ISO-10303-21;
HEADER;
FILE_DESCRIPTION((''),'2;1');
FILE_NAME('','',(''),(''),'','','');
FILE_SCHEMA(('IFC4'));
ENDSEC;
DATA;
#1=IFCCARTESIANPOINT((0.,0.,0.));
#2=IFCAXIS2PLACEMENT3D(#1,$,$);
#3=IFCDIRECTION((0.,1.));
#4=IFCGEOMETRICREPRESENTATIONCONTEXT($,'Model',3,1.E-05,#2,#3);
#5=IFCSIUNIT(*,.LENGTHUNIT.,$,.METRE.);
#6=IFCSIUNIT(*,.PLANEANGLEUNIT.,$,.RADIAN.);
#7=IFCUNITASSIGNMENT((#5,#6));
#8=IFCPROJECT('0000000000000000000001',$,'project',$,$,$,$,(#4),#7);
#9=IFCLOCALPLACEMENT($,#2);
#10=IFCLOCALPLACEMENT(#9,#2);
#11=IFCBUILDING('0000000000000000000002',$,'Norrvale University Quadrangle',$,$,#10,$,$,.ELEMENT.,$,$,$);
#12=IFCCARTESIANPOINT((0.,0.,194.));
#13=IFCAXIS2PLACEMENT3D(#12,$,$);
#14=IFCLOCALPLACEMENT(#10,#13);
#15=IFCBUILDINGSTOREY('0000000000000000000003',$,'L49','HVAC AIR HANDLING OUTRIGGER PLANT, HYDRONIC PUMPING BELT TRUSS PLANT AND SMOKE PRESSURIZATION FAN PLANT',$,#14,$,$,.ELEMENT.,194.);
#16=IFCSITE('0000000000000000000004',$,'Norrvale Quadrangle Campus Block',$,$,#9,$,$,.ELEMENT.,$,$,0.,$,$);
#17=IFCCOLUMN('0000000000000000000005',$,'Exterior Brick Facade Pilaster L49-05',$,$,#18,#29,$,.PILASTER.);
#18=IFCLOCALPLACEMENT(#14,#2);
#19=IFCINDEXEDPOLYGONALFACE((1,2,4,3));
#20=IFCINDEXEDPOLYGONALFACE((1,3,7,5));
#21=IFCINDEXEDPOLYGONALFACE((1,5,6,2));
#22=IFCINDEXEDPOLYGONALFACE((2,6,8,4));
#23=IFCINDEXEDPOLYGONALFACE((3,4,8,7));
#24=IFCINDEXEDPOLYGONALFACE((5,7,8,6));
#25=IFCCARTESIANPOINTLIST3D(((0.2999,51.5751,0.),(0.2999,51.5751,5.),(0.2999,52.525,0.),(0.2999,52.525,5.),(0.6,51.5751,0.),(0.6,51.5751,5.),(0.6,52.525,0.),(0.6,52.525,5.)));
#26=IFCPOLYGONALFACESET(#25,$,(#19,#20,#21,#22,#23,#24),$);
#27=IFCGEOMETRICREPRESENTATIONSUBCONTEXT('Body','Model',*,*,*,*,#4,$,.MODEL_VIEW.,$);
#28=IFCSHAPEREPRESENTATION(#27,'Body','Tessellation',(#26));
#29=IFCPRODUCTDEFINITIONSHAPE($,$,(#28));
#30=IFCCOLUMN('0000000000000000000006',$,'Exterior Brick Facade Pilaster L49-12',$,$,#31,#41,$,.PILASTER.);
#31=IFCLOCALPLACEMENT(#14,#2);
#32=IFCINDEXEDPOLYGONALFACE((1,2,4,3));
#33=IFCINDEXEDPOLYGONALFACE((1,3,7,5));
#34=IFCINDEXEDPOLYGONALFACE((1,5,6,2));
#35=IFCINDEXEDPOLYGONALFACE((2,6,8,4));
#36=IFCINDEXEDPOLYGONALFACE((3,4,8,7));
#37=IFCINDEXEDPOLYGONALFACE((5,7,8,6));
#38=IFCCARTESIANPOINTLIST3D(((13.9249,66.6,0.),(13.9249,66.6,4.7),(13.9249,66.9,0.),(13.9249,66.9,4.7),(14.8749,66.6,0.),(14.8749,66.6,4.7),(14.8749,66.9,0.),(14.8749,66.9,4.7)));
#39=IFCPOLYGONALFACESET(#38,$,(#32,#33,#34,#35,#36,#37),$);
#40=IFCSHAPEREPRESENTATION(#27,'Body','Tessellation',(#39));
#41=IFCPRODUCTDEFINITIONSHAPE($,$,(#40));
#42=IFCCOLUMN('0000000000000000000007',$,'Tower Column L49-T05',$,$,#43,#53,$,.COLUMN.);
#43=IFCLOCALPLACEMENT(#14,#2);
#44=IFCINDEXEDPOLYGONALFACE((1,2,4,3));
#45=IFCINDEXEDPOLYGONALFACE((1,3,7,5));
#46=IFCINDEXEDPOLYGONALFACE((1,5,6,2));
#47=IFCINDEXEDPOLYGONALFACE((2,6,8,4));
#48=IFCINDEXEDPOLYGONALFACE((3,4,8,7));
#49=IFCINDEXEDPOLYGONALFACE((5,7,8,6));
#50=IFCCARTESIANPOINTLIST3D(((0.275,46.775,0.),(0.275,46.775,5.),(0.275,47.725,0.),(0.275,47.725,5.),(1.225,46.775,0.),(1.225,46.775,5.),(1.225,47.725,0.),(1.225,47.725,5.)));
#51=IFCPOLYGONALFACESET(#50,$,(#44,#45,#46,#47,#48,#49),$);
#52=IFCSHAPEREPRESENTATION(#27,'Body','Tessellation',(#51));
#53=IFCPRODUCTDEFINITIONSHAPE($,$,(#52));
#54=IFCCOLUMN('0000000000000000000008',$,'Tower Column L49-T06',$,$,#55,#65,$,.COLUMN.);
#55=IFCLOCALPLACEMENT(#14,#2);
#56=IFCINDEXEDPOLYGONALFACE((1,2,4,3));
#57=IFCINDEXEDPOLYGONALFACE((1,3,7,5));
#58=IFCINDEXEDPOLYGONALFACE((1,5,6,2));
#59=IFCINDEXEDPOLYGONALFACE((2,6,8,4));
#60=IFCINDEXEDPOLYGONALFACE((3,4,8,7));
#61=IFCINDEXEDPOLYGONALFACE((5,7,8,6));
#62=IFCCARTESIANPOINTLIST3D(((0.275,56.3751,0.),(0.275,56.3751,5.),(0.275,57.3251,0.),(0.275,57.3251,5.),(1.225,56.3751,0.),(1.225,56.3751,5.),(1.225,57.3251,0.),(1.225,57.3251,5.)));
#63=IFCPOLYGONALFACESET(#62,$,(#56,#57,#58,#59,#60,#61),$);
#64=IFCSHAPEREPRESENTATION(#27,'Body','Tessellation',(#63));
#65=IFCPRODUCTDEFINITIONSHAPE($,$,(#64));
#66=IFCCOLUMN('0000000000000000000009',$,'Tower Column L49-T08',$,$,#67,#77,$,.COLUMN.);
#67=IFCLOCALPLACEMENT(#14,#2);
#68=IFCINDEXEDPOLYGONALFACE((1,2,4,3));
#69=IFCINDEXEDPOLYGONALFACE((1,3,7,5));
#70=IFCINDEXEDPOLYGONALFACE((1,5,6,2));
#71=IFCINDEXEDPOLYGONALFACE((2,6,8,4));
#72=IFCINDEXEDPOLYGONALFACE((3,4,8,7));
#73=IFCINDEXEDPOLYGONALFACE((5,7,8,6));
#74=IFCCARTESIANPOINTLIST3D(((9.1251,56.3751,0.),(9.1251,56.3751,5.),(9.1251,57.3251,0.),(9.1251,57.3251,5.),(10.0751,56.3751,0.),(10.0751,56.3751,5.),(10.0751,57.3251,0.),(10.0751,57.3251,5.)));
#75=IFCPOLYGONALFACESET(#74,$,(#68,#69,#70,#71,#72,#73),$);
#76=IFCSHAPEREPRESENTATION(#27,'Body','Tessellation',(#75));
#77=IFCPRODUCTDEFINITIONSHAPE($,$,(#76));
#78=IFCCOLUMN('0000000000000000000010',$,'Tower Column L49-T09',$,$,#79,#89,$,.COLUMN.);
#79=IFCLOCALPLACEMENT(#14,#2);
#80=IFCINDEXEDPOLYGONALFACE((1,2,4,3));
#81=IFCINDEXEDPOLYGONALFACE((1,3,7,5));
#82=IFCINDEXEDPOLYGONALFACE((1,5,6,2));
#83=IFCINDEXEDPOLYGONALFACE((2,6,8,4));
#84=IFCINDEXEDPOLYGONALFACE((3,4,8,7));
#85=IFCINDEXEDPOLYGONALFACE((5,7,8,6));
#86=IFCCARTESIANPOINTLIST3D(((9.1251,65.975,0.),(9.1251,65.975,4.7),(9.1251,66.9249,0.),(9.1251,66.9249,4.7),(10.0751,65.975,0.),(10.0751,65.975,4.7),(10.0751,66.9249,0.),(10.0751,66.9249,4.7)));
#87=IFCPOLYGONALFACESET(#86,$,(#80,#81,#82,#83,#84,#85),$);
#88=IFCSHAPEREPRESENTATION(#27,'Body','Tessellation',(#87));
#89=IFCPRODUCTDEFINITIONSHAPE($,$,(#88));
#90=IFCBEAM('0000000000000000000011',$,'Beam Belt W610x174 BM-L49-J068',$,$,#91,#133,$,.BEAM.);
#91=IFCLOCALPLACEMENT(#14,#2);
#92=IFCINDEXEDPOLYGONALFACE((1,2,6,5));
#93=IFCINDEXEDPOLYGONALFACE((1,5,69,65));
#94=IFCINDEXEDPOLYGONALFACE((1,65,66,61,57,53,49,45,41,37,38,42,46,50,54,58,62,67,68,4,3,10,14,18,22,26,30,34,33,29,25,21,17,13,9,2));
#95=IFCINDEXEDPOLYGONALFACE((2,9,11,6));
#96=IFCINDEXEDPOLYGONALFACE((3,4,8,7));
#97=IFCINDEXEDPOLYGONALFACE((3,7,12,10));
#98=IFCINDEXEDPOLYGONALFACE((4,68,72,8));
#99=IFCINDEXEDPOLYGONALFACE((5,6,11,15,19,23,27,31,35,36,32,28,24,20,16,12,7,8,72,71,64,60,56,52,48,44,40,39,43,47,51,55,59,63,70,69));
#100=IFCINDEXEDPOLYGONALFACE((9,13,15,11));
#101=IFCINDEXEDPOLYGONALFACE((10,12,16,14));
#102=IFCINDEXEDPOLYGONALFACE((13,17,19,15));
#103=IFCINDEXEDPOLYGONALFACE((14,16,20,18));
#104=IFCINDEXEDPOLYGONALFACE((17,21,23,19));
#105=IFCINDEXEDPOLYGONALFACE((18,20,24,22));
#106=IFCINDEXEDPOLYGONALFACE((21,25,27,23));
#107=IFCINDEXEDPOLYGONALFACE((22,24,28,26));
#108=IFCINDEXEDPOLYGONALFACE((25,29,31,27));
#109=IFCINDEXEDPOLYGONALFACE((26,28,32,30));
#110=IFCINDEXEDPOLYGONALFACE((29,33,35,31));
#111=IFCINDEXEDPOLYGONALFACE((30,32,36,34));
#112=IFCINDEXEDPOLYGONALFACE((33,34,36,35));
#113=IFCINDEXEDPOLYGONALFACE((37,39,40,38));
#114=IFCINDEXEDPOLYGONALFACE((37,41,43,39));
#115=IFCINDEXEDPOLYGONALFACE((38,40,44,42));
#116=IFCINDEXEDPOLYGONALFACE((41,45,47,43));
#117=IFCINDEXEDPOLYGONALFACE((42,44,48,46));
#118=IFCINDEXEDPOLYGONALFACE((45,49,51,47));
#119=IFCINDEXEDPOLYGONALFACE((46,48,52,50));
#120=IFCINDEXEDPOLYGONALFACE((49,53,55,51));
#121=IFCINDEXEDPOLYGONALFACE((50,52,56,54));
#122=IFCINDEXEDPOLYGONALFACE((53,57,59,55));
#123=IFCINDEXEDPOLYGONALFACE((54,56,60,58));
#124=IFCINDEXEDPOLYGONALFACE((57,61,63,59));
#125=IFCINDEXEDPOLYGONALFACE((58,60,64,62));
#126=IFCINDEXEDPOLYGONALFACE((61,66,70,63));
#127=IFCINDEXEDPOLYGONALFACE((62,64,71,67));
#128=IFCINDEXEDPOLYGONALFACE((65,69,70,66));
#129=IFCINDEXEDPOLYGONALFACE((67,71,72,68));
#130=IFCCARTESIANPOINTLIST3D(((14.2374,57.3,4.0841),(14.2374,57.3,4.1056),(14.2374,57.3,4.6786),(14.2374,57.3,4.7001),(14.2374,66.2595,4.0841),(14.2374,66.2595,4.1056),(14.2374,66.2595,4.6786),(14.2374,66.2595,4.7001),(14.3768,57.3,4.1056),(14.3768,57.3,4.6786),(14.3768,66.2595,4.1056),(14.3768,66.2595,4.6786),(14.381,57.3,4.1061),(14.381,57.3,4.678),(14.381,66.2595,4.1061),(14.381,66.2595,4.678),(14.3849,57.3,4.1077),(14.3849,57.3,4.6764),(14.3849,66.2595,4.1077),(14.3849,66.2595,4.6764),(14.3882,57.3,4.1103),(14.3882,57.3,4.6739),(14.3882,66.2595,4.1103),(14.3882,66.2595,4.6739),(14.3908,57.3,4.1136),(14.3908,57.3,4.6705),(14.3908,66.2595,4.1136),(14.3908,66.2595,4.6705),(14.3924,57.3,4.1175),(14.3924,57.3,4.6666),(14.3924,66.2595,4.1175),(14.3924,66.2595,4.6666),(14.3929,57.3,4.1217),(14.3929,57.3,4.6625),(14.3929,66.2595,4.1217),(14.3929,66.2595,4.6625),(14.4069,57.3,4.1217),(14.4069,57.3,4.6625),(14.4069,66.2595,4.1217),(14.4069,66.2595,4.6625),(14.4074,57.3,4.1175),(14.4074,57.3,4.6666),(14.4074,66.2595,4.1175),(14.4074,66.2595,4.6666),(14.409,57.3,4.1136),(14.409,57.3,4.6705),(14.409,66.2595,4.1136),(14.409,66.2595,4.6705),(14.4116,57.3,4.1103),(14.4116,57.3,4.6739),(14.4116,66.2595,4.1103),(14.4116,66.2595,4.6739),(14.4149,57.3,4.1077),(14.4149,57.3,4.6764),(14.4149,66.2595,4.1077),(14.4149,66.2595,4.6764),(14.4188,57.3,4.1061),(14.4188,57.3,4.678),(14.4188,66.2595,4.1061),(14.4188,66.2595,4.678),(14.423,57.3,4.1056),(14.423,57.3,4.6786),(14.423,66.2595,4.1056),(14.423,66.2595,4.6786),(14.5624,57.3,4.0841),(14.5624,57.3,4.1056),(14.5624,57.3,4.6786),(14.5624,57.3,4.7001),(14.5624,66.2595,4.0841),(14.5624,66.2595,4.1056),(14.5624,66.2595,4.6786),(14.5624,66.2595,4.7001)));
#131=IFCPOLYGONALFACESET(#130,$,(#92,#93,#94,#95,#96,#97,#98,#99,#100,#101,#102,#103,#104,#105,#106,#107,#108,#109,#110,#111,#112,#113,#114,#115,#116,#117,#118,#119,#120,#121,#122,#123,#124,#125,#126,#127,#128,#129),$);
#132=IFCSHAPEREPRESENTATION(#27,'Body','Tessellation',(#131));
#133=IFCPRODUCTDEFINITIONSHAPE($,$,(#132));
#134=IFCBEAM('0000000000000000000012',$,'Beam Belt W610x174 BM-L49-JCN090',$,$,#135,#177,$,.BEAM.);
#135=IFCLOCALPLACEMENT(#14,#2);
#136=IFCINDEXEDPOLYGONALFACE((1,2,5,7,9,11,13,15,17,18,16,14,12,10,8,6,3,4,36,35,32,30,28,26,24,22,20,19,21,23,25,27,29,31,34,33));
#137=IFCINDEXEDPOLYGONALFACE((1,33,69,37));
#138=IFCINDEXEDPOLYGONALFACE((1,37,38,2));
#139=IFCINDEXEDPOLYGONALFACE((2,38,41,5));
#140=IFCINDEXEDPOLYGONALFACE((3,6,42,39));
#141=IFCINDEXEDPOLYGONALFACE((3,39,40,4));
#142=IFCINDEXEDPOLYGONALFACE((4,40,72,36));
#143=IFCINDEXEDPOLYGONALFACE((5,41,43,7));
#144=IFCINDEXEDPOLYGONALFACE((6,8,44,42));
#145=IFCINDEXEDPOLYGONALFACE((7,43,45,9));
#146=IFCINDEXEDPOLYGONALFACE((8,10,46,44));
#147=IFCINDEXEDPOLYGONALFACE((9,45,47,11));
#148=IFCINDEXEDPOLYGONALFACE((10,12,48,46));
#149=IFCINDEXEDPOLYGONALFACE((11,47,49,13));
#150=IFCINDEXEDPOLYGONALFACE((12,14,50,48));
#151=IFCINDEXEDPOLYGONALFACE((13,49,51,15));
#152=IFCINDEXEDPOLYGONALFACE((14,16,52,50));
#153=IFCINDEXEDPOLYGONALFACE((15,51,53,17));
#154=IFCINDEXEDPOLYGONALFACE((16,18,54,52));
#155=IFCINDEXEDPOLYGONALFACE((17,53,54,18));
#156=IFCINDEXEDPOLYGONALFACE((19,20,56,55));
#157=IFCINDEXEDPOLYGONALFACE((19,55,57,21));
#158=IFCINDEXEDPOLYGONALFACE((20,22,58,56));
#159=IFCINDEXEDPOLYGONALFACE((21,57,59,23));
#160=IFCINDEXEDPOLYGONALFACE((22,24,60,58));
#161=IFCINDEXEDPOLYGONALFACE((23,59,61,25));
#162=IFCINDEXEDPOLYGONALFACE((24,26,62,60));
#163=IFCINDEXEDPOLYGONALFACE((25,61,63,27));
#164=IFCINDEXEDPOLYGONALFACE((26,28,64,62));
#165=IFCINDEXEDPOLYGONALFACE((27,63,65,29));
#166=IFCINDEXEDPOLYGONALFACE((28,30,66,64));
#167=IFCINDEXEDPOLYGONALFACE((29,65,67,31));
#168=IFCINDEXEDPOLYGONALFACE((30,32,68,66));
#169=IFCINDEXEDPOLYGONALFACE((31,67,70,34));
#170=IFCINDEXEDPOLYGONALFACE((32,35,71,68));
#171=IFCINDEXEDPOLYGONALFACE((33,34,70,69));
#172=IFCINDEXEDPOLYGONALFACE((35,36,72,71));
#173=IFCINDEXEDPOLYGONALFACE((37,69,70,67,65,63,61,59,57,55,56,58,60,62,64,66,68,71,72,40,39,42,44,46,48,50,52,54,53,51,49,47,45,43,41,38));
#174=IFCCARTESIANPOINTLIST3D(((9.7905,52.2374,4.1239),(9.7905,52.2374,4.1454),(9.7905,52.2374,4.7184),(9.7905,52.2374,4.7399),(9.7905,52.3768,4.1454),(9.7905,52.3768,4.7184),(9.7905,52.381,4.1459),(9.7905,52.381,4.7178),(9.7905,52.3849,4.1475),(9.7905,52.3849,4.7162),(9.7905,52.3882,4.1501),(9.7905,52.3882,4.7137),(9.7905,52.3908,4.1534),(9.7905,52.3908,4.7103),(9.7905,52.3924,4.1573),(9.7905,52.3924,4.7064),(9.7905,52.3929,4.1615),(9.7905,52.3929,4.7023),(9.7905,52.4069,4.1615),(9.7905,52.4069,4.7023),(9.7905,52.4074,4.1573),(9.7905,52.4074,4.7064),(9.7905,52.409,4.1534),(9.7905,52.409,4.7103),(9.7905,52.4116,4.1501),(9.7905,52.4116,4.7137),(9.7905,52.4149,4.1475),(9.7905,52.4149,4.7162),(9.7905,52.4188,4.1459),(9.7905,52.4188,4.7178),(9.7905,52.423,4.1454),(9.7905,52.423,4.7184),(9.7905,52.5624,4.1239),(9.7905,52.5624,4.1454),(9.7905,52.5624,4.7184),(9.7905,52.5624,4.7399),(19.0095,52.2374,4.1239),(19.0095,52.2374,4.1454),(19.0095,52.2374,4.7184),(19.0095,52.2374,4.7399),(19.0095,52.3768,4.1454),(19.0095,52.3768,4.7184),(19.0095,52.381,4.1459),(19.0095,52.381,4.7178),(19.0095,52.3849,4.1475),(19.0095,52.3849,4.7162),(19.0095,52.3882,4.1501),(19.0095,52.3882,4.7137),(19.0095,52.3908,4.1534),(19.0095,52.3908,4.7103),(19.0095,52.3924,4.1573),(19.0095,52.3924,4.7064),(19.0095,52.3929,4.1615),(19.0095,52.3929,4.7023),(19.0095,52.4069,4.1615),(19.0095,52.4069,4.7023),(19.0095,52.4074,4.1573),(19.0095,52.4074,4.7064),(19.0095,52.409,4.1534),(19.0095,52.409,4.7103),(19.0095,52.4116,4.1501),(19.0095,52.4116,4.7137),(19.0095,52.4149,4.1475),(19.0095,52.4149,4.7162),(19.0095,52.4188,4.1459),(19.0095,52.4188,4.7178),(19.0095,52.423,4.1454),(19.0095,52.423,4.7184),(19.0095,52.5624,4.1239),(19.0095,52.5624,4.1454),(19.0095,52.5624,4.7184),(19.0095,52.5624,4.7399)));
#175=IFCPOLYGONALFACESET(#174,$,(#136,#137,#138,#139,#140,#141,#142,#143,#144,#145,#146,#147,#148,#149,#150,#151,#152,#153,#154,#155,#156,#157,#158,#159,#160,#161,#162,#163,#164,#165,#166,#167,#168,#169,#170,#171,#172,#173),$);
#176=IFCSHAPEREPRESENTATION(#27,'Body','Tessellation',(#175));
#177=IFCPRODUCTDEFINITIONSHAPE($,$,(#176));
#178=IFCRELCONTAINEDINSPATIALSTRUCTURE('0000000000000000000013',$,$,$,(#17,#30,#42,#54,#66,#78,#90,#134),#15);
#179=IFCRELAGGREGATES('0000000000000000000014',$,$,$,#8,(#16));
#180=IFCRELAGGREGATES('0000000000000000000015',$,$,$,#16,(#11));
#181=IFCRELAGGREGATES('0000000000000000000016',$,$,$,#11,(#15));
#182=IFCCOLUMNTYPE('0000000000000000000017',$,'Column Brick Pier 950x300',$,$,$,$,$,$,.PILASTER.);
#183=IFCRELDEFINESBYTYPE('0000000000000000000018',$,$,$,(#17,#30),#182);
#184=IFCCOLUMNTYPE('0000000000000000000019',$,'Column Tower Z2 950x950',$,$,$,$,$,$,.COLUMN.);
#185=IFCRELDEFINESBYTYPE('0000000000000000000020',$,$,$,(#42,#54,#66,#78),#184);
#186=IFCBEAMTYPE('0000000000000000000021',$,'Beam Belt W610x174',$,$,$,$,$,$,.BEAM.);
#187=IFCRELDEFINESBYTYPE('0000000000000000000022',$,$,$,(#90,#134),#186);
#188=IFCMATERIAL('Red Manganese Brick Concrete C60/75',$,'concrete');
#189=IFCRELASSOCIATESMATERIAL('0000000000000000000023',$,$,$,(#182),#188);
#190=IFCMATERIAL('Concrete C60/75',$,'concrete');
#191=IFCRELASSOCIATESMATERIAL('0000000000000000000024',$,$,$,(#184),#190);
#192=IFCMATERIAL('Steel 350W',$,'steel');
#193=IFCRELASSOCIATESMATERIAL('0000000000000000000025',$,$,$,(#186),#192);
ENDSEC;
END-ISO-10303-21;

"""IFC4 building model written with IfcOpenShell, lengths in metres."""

from ifc_helpers import new_model, si_unit, direction, frame, origin, origin_2d, place, context, subcontext, project, spatial, rectangle, i_section, extrude, material, material_profile, profile_set, type_object, element, save


model = new_model("IFC4")

# Units and contexts
model_context = context("Model", 3, precision=1e-05, world=origin(), true_north=direction((0.0, 1.0)))
body_context = subcontext(model_context, "Body", "Model", "MODEL_VIEW")
ifc_project = project(units=[si_unit("LENGTHUNIT", "METRE"), si_unit("PLANEANGLEUNIT", "RADIAN")], contexts=[model_context])

# Site, building, storey
site_placement = place(None, origin())
site = spatial("IfcSite", under=ifc_project, at=site_placement, Name="Norrvale Quadrangle Campus Block", CompositionType="ELEMENT", RefElevation=0.0)
building_placement = place(site_placement, origin())
building = spatial("IfcBuilding", under=site, at=building_placement, Name="Norrvale University Quadrangle", CompositionType="ELEMENT")
storey_placement = place(building_placement, frame((0.0, 0.0, 194.0)))
storey = spatial("IfcBuildingStorey", under=building, at=storey_placement, Name="L49", Description="HVAC AIR HANDLING OUTRIGGER PLANT, HYDRONIC PUMPING BELT TRUSS PLANT AND SMOKE PRESSURIZATION FAN PLANT", CompositionType="ELEMENT", Elevation=194.0)

# Columns
ifc_material_1 = material(Name="Red Manganese Brick Concrete C60/75", Category="concrete")
ifc_material_profile_1 = material_profile(ifc_material_1, rectangle(XDim=0.95, YDim=0.3, at=origin_2d()), Name="Red Manganese Brick Concrete C60/75")
ifc_profile_set_1 = profile_set([ifc_material_profile_1], Name="Red Manganese Brick Concrete C60/75")
column_type_1 = type_object("IfcColumnType", Name="Column Brick Pier 950x300", PredefinedType="PILASTER", material=ifc_profile_set_1)
column_1_placement = place(storey_placement, frame((0.45, 52.05, 0.0), z_axis=(0.0, 0.0, 1.0), x_axis=(0.0, 1.0, 0.0)))
element("IfcColumn", 1, at=column_1_placement, inside=storey, type_object=column_type_1, Name="Exterior Brick Facade Pilaster L49-05", PredefinedType="PILASTER", context=body_context, shape_type="SweptSolid", body=[
    extrude(rectangle(XDim=0.95, YDim=0.3, at=origin_2d()), origin(), (0.0, 0.0, 1.0), 5.0),
])
column_2_placement = place(storey_placement, frame((14.3999, 66.75, 0.0), z_axis=(0.0, 0.0, 1.0), x_axis=(1.0, 0.0, 0.0)))
element("IfcColumn", 2, at=column_2_placement, inside=storey, type_object=column_type_1, Name="Exterior Brick Facade Pilaster L49-12", PredefinedType="PILASTER", context=body_context, shape_type="SweptSolid", body=[
    extrude(rectangle(XDim=0.95, YDim=0.3, at=origin_2d()), origin(), (0.0, 0.0, 1.0), 4.7),
])
ifc_material_2 = material(Name="Concrete C60/75", Category="concrete")
ifc_material_profile_2 = material_profile(ifc_material_2, rectangle(XDim=0.95, YDim=0.95, at=origin_2d()), Name="Concrete C60/75")
ifc_profile_set_2 = profile_set([ifc_material_profile_2], Name="Concrete C60/75")
column_type_2 = type_object("IfcColumnType", Name="Column Tower Z2 950x950", PredefinedType="COLUMN", material=ifc_profile_set_2)
for number, where, z_axis, x_axis, name in (
    (3, (0.75, 47.25, 0.0), (0.0, 0.0, 1.0), (1.0, 0.0, 0.0), "Tower Column L49-T05"),
    (4, (0.75, 56.8501, 0.0), (0.0, 0.0, 1.0), (1.0, 0.0, 0.0), "Tower Column L49-T06"),
    (5, (9.6001, 56.8501, 0.0), (0.0, 0.0, 1.0), (1.0, 0.0, 0.0), "Tower Column L49-T08"),
):
    element("IfcColumn", number, at=place(storey_placement, frame(where, z_axis=z_axis, x_axis=x_axis)), inside=storey, type_object=column_type_2, Name=name, PredefinedType="COLUMN", context=body_context, shape_type="SweptSolid", body=[
        extrude(rectangle(XDim=0.95, YDim=0.95, at=origin_2d()), origin(), (0.0, 0.0, 1.0), 5.0),
    ])
column_3_placement = place(storey_placement, frame((9.6001, 66.45, 0.0), z_axis=(0.0, 0.0, 1.0), x_axis=(1.0, 0.0, 0.0)))
element("IfcColumn", 6, at=column_3_placement, inside=storey, type_object=column_type_2, Name="Tower Column L49-T09", PredefinedType="COLUMN", context=body_context, shape_type="SweptSolid", body=[
    extrude(rectangle(XDim=0.95, YDim=0.95, at=origin_2d()), origin(), (0.0, 0.0, 1.0), 4.7),
])

# Beams
ifc_material_3 = material(Name="Steel 350W", Category="steel")
ifc_material_profile_3 = material_profile(ifc_material_3, i_section(OverallWidth=0.325, OverallDepth=0.616, WebThickness=0.0139, FlangeThickness=0.0215, FilletRadius=0.0161, at=origin_2d()), Name="Steel 350W")
ifc_profile_set_3 = profile_set([ifc_material_profile_3], Name="Steel 350W")
beam_type_1 = type_object("IfcBeamType", Name="Beam Belt W610x174", PredefinedType="BEAM", material=ifc_profile_set_3)
beam_1_placement = place(storey_placement, frame((14.3999, 57.3, 4.3921), z_axis=(0.0, 1.0, 0.0), x_axis=(-1.0, 0.0, 0.0)))
element("IfcBeam", 7, at=beam_1_placement, inside=storey, type_object=beam_type_1, Name="Beam Belt W610x174 BM-L49-J068", PredefinedType="BEAM", context=body_context, shape_type="SweptSolid", body=[
    extrude(i_section(OverallWidth=0.325, OverallDepth=0.616, WebThickness=0.0139, FlangeThickness=0.0215, FilletRadius=0.0161, at=origin_2d()), origin(), (0.0, 0.0, 1.0), 8.9595),
])
beam_2_placement = place(storey_placement, frame((9.7905, 52.3999, 4.4319), z_axis=(1.0, 0.0, 0.0), x_axis=(0.0, 1.0, 0.0)))
element("IfcBeam", 8, at=beam_2_placement, inside=storey, type_object=beam_type_1, Name="Beam Belt W610x174 BM-L49-JCN090", PredefinedType="BEAM", context=body_context, shape_type="SweptSolid", body=[
    extrude(i_section(OverallWidth=0.325, OverallDepth=0.616, WebThickness=0.0139, FlangeThickness=0.0215, FilletRadius=0.0161, at=origin_2d()), origin(), (0.0, 0.0, 1.0), 9.219),
])

save(model, "model.ifc")
